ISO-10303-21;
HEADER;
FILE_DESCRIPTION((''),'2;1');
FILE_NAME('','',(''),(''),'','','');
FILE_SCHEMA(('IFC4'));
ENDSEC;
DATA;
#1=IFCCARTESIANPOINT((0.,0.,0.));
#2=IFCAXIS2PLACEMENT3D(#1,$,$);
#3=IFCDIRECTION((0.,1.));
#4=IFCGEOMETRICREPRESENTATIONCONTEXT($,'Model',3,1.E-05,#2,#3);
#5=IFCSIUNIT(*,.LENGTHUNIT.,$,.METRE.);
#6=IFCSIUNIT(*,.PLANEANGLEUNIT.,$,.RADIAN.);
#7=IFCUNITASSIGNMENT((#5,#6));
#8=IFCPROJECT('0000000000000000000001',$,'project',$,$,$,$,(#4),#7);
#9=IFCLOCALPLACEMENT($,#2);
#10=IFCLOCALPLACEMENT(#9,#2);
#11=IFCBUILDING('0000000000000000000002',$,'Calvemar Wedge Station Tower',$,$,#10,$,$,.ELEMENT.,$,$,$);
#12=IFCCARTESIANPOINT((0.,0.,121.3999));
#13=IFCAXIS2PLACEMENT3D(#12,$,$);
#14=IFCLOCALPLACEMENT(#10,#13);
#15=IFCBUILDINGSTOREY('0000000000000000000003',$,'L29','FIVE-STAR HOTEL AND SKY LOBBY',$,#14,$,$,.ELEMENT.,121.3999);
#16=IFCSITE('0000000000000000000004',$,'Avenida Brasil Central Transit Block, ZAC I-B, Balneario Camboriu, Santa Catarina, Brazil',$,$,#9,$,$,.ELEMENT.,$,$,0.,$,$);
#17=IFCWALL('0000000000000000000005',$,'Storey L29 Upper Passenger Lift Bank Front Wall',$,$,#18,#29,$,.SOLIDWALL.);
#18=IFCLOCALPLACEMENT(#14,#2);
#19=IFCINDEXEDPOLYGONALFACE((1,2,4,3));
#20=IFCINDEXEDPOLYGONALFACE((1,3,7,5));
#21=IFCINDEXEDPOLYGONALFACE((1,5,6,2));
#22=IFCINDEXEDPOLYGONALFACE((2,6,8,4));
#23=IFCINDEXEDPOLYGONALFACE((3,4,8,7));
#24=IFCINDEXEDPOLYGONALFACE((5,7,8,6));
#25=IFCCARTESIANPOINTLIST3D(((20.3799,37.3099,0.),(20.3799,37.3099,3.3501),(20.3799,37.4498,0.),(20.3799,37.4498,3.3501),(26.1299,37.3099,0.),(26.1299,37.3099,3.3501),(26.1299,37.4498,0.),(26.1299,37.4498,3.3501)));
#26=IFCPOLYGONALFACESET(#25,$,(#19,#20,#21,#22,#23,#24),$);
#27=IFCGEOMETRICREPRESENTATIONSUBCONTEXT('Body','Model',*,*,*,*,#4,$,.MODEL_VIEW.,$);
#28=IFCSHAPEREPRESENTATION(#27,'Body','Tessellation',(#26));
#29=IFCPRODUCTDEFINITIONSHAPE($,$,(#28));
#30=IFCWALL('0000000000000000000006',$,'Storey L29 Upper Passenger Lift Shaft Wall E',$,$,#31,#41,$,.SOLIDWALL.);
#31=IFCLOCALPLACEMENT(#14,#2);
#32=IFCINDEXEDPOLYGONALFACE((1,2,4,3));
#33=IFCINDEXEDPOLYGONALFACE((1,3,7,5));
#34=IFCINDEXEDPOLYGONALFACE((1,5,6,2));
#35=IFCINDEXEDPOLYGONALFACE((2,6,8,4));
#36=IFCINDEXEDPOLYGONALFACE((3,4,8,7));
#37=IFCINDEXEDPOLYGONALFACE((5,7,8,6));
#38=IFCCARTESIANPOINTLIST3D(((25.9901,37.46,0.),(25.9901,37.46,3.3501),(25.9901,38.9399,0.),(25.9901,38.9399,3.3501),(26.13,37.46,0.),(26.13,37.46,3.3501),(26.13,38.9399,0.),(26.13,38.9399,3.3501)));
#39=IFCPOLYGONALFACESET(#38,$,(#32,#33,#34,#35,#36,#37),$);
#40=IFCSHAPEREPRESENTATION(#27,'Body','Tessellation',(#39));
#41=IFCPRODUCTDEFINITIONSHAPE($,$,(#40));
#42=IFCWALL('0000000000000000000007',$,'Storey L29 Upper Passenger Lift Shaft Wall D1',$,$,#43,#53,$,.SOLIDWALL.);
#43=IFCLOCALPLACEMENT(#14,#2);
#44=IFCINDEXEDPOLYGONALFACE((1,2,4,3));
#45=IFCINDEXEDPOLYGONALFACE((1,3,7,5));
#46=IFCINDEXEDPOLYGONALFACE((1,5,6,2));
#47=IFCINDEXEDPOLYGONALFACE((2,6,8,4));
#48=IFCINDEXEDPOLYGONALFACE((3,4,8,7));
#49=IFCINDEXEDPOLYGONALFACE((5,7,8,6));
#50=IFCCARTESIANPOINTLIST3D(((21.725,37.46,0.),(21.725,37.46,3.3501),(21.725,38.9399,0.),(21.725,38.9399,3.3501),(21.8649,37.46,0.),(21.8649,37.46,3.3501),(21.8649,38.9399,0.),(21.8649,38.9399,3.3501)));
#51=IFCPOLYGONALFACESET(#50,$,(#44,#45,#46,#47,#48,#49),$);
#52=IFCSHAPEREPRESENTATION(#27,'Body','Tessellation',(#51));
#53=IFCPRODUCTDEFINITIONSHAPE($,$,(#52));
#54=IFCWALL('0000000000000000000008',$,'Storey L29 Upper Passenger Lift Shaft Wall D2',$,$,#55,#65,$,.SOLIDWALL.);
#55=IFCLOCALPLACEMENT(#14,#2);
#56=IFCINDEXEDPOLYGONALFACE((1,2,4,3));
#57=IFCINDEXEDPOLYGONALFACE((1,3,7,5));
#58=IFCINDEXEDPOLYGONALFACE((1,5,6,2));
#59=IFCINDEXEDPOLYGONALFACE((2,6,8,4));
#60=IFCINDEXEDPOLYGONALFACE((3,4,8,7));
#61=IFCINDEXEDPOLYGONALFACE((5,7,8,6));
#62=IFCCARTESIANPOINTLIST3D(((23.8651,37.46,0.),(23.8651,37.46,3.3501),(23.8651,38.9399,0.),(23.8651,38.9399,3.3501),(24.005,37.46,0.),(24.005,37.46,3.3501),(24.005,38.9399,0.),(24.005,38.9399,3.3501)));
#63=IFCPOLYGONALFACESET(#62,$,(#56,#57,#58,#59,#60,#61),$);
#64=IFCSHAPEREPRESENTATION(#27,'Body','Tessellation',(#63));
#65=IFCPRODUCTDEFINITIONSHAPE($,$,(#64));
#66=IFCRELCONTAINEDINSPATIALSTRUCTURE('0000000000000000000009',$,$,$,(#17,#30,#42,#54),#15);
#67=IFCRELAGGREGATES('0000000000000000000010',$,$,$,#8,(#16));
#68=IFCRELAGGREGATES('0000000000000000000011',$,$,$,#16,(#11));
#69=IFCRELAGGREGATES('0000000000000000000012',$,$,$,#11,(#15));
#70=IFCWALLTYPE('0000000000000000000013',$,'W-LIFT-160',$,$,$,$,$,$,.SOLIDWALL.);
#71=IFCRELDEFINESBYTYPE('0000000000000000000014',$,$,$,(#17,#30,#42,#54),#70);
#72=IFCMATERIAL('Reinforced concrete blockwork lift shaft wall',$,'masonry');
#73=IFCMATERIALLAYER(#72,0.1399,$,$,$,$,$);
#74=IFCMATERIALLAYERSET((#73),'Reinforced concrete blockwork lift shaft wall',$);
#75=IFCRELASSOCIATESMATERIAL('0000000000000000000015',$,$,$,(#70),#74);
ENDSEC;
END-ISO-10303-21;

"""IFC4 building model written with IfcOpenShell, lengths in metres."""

from ifc_helpers import new_model, si_unit, direction, frame, frame_2d, origin, place, context, subcontext, project, spatial, rectangle, extrude, material, layer, layer_set, type_object, element, save


model = new_model("IFC4")

# Units and contexts
model_context = context("Model", 3, precision=1e-05, world=origin(), true_north=direction((0.0, 1.0)))
body_context = subcontext(model_context, "Body", "Model", "MODEL_VIEW")
ifc_project = project(units=[si_unit("LENGTHUNIT", "METRE"), si_unit("PLANEANGLEUNIT", "RADIAN")], contexts=[model_context])

# Site, building, storey
site_placement = place(None, origin())
site = spatial("IfcSite", under=ifc_project, at=site_placement, Name="Avenida Brasil Central Transit Block, ZAC I-B, Balneario Camboriu, Santa Catarina, Brazil", CompositionType="ELEMENT", RefElevation=0.0)
building_placement = place(site_placement, origin())
building = spatial("IfcBuilding", under=site, at=building_placement, Name="Calvemar Wedge Station Tower", CompositionType="ELEMENT")
storey_placement = place(building_placement, frame((0.0, 0.0, 121.3999)))
storey = spatial("IfcBuildingStorey", under=building, at=storey_placement, Name="L29", Description="FIVE-STAR HOTEL AND SKY LOBBY", CompositionType="ELEMENT", Elevation=121.3999)

# Shared definitions
ifc_material_1 = material(Name="Reinforced concrete blockwork lift shaft wall", Category="masonry")
ifc_layer_1 = layer(ifc_material_1, 0.1399)
ifc_layer_set_1 = layer_set([ifc_layer_1], Name="Reinforced concrete blockwork lift shaft wall")
wall_type_1 = type_object("IfcWallType", Name="W-LIFT-160", PredefinedType="SOLIDWALL", material=ifc_layer_set_1)

# Walls
wall_1_placement = place(storey_placement, frame((20.3799, 37.3799, 0.0), z_axis=(0.0, 0.0, 1.0), x_axis=(1.0, 0.0, 0.0)))
element("IfcWall", 1, at=wall_1_placement, inside=storey, type_object=wall_type_1, Name="Storey L29 Upper Passenger Lift Bank Front Wall", PredefinedType="SOLIDWALL", context=body_context, shape_type="SweptSolid", body=[
    extrude(rectangle(XDim=5.75, YDim=0.1399, at=frame_2d((2.875, 0.0))), origin(), (0.0, 0.0, 1.0), 3.3501),
])
for number, where, z_axis, x_axis, name in (
    (2, (26.0601, 37.46, 0.0), (0.0, 0.0, 1.0), (0.0, 1.0, 0.0), "Storey L29 Upper Passenger Lift Shaft Wall E"),
    (3, (21.7949, 37.46, 0.0), (0.0, 0.0, 1.0), (0.0, 1.0, 0.0), "Storey L29 Upper Passenger Lift Shaft Wall D1"),
    (4, (23.9351, 37.46, 0.0), (0.0, 0.0, 1.0), (0.0, 1.0, 0.0), "Storey L29 Upper Passenger Lift Shaft Wall D2"),
):
    element("IfcWall", number, at=place(storey_placement, frame(where, z_axis=z_axis, x_axis=x_axis)), inside=storey, type_object=wall_type_1, Name=name, PredefinedType="SOLIDWALL", context=body_context, shape_type="SweptSolid", body=[
        extrude(rectangle(XDim=1.48, YDim=0.1399, at=frame_2d((0.74, 0.0))), origin(), (0.0, 0.0, 1.0), 3.3501),
    ])

save(model, "model.ifc")
